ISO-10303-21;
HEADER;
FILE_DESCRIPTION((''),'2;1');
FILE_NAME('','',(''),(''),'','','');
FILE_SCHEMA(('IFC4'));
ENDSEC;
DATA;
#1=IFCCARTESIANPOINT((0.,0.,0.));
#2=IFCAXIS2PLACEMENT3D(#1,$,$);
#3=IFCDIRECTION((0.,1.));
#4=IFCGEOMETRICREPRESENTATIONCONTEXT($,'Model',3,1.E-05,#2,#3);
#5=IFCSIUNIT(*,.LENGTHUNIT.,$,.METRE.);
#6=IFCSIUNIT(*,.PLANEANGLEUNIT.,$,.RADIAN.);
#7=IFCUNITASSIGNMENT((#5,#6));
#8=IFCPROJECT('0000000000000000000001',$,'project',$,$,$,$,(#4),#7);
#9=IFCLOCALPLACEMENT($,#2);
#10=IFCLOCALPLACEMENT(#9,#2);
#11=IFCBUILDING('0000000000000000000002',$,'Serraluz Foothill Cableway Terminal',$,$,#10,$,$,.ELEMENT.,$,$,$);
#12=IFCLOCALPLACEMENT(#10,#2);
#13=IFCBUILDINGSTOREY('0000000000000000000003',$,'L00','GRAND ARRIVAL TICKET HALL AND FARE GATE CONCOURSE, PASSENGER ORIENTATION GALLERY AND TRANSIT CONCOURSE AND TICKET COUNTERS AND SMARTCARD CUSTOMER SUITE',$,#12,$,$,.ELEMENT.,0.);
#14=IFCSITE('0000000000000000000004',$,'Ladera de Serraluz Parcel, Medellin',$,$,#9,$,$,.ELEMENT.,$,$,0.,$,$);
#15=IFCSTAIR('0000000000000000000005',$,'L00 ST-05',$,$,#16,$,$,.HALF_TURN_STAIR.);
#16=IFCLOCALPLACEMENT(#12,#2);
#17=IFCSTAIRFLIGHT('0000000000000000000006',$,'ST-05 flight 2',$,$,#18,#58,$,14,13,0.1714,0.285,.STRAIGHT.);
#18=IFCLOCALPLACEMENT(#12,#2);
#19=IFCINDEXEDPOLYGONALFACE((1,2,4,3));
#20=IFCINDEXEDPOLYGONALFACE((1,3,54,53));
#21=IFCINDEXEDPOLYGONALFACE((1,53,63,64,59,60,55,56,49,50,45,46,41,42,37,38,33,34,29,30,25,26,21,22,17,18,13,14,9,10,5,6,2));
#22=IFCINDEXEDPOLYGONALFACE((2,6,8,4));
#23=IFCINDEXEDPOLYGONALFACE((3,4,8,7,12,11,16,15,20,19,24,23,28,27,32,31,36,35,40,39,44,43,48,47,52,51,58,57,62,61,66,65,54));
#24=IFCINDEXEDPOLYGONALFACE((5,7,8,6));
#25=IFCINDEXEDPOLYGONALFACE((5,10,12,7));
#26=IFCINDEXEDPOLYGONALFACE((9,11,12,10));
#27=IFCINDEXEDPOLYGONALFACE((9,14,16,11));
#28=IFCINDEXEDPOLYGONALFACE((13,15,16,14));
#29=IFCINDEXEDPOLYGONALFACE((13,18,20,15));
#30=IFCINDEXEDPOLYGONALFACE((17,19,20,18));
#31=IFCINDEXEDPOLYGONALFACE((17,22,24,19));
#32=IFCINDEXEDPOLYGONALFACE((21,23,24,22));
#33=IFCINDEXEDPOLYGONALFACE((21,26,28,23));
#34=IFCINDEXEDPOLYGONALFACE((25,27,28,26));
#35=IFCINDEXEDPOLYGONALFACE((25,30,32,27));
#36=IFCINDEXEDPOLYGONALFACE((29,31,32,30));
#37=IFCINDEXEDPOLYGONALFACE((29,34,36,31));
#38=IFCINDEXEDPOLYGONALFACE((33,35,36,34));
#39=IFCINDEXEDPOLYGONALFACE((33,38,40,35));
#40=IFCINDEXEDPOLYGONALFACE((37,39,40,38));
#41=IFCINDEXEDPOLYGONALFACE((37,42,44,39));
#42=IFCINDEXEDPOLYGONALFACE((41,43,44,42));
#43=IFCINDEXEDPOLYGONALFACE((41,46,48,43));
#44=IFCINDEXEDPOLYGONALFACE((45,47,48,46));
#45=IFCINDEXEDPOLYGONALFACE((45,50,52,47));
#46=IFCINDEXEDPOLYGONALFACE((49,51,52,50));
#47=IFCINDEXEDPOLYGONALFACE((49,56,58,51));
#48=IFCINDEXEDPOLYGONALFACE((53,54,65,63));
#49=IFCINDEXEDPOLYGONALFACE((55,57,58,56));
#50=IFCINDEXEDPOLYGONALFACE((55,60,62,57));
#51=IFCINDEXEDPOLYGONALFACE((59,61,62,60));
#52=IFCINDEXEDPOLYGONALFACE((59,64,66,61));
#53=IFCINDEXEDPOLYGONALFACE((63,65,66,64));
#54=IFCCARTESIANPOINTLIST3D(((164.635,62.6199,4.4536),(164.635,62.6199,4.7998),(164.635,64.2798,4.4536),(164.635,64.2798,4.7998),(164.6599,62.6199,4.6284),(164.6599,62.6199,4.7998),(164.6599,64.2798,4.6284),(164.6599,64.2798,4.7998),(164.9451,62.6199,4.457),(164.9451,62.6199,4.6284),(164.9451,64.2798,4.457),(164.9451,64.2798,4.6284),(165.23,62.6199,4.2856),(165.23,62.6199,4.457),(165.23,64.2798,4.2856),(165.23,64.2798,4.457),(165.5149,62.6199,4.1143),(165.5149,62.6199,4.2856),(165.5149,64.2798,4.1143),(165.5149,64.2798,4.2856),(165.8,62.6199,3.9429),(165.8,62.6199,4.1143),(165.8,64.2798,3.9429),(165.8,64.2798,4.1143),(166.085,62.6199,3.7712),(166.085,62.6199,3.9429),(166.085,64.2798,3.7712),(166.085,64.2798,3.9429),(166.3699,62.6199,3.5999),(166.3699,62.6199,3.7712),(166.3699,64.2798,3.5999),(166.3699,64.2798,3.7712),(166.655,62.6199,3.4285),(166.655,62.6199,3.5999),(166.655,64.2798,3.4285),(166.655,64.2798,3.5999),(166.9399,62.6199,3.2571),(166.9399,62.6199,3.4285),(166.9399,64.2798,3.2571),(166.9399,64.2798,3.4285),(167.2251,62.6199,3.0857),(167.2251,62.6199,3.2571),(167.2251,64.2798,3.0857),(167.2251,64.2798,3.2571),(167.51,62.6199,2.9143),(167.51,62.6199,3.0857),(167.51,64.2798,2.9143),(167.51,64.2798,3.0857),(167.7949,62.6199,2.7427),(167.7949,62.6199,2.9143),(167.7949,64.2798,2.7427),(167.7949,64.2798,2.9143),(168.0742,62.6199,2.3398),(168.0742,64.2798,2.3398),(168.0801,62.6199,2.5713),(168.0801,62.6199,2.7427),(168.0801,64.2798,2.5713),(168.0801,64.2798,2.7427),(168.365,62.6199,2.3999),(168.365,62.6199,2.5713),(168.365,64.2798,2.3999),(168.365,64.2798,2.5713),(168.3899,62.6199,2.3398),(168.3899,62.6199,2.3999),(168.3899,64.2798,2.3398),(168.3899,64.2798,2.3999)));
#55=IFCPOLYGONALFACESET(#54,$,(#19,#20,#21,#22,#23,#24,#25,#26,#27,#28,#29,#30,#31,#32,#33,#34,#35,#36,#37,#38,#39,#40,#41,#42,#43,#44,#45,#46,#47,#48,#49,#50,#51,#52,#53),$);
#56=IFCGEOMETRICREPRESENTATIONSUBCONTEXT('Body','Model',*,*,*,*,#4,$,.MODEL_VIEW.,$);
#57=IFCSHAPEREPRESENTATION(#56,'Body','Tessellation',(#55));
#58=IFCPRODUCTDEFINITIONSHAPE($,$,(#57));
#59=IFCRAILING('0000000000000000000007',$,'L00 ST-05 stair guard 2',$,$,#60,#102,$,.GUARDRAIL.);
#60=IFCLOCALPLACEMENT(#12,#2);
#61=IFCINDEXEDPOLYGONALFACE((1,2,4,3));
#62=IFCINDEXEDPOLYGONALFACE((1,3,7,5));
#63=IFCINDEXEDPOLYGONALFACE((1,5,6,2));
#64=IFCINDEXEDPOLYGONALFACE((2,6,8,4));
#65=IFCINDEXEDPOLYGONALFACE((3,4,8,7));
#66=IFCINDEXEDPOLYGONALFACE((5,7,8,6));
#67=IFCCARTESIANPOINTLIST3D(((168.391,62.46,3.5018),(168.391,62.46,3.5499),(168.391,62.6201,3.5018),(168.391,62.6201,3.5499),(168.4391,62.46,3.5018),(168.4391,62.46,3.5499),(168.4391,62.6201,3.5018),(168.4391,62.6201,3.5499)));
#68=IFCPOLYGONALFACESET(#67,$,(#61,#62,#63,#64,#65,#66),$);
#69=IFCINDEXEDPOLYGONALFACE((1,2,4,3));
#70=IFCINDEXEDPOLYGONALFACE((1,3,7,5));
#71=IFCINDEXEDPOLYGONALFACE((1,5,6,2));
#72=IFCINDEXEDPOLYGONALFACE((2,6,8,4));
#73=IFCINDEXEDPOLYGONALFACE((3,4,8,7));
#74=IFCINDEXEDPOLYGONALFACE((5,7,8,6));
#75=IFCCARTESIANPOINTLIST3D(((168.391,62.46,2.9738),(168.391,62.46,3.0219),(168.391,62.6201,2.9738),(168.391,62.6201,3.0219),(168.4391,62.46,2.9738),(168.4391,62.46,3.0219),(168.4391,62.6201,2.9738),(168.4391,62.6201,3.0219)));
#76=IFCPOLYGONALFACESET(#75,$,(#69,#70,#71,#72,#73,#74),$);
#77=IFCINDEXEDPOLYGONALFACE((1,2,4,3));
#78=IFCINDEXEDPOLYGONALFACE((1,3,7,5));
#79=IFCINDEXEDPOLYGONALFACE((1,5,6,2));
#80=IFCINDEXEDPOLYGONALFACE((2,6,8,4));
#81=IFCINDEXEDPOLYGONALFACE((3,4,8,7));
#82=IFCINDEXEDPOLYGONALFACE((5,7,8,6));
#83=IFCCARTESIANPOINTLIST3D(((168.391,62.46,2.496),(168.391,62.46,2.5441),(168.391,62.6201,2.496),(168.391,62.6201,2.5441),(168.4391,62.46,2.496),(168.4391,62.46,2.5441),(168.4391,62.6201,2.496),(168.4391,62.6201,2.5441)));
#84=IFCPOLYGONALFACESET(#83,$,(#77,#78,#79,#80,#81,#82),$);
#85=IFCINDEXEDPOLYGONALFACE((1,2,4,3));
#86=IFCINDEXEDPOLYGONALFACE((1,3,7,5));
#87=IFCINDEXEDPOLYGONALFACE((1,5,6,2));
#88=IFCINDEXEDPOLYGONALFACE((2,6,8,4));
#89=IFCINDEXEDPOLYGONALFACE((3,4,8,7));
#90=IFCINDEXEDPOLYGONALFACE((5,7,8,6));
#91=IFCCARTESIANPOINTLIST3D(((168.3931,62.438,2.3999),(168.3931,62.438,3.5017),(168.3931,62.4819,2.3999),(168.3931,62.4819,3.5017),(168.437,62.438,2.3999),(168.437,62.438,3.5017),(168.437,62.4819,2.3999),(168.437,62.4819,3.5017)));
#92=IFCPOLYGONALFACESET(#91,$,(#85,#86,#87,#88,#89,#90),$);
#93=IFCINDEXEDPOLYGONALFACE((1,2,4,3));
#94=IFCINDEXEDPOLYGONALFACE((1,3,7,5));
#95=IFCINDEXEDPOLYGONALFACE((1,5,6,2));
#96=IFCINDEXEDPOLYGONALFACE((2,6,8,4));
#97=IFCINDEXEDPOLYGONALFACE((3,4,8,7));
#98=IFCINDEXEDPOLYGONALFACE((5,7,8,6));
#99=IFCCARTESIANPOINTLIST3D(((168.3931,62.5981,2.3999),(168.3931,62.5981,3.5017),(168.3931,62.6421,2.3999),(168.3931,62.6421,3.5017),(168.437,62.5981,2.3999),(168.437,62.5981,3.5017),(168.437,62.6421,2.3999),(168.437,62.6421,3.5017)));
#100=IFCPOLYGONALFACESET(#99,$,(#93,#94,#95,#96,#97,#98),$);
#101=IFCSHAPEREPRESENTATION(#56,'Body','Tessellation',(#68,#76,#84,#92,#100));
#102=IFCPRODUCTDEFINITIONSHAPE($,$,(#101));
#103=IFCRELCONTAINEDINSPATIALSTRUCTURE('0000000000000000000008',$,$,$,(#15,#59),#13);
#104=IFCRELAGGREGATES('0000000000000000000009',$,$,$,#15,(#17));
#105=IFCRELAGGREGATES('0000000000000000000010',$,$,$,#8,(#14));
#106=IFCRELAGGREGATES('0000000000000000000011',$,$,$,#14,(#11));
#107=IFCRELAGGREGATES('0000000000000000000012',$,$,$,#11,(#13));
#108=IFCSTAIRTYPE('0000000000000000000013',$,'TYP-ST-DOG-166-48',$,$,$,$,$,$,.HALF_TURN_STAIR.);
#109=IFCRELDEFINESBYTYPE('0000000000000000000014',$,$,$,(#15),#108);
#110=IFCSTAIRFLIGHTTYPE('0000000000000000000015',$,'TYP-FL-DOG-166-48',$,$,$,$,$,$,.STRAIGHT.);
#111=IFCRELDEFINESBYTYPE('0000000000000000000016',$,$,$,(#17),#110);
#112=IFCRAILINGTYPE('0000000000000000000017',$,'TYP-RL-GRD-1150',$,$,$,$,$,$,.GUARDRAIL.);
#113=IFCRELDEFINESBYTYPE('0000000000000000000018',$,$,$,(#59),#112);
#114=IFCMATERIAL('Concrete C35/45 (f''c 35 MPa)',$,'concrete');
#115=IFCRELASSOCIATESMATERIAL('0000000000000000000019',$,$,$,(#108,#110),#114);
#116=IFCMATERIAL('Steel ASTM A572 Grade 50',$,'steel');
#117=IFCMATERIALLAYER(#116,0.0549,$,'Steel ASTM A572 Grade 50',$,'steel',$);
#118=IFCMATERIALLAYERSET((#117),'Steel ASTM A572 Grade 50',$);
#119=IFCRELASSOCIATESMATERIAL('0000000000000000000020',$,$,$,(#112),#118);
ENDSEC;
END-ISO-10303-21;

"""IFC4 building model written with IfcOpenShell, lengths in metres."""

from ifc_helpers import new_model, si_unit, direction, frame, origin, origin_2d, place, context, subcontext, project, spatial, polyline, rectangle, outline, extrude, material, layer, layer_set, type_object, element, aggregate, save


model = new_model("IFC4")

# Units and contexts
model_context = context("Model", 3, precision=1e-05, world=origin(), true_north=direction((0.0, 1.0)))
body_context = subcontext(model_context, "Body", "Model", "MODEL_VIEW")
ifc_project = project(units=[si_unit("LENGTHUNIT", "METRE"), si_unit("PLANEANGLEUNIT", "RADIAN")], contexts=[model_context])

# Site, building, storey
site_placement = place(None, origin())
site = spatial("IfcSite", under=ifc_project, at=site_placement, Name="Ladera de Serraluz Parcel, Medellin", CompositionType="ELEMENT", RefElevation=0.0)
building_placement = place(site_placement, origin())
building = spatial("IfcBuilding", under=site, at=building_placement, Name="Serraluz Foothill Cableway Terminal", CompositionType="ELEMENT")
storey_placement = place(building_placement, origin())
storey = spatial("IfcBuildingStorey", under=building, at=storey_placement, Name="L00", Description="GRAND ARRIVAL TICKET HALL AND FARE GATE CONCOURSE, PASSENGER ORIENTATION GALLERY AND TRANSIT CONCOURSE AND TICKET COUNTERS AND SMARTCARD CUSTOMER SUITE", CompositionType="ELEMENT", Elevation=0.0)

# Shared definitions
ifc_material_1 = material(Name="Concrete C35/45 (f'c 35 MPa)", Category="concrete")

# Stair, stair flight
stair_type = type_object("IfcStairType", Name="TYP-ST-DOG-166-48", PredefinedType="HALF_TURN_STAIR", material=ifc_material_1)
stair_placement = place(storey_placement, origin())
stair = element("IfcStair", 1, at=stair_placement, inside=storey, type_object=stair_type, Name="L00 ST-05", PredefinedType="HALF_TURN_STAIR")
stair_flight_type = type_object("IfcStairFlightType", Name="TYP-FL-DOG-166-48", PredefinedType="STRAIGHT", material=ifc_material_1)
stair_flight_placement = place(storey_placement, frame((168.365, 63.45, 2.3999), z_axis=(0.0, 0.0, 1.0), x_axis=(-1.0, 0.0, 0.0)))
stair_flight = element("IfcStairFlight", 2, at=stair_flight_placement, type_object=stair_flight_type, Name="ST-05 flight 2", NumberOfRisers=14, NumberOfTreads=13, PredefinedType="STRAIGHT", RiserHeight=0.1714, TreadLength=0.285, context=body_context, shape_type="SweptSolid", body=[
    extrude(outline(polyline([(-0.0249, -0.0601), (-0.0249, 0.0), (0.0, 0.0), (0.0, 0.1714), (0.2849, 0.1714), (0.2849, 0.3428), (0.5701, 0.3428), (0.5701, 0.5144), (0.855, 0.5144), (0.855, 0.6858), (1.1399, 0.6858), (1.1399, 0.8572), (1.425, 0.8572), (1.425, 1.0286), (1.71, 1.0286), (1.71, 1.2), (1.9951, 1.2), (1.9951, 1.3713), (2.28, 1.3713), (2.28, 1.543), (2.5649, 1.543), (2.5649, 1.7144), (2.8501, 1.7144), (2.8501, 1.8857), (3.135, 1.8857), (3.135, 2.0571), (3.4199, 2.0571), (3.4199, 2.2285), (3.7051, 2.2285), (3.7051, 2.3999), (3.73, 2.3999), (3.73, 2.0537), (0.2908, -0.0601), (-0.0249, -0.0601)])), frame((0.0, 0.8301, 0.0), z_axis=(0.0, -1.0, 0.0), x_axis=(1.0, 0.0, 0.0)), (0.0, 0.0, 1.0), 1.6599),
])
aggregate(stair, [stair_flight])

# Railing
ifc_material_2 = material(Name="Steel ASTM A572 Grade 50", Category="steel")
ifc_layer_1 = layer(ifc_material_2, 0.0549, Name="Steel ASTM A572 Grade 50", Category="steel")
ifc_layer_set_1 = layer_set([ifc_layer_1], Name="Steel ASTM A572 Grade 50")
railing_type_1 = type_object("IfcRailingType", Name="TYP-RL-GRD-1150", PredefinedType="GUARDRAIL", material=ifc_layer_set_1)
railing_1_placement = place(storey_placement, frame((168.415, 62.46, 2.3999)))
element("IfcRailing", 3, at=railing_1_placement, inside=storey, type_object=railing_type_1, Name="L00 ST-05 stair guard 2", PredefinedType="GUARDRAIL", context=body_context, shape_type="SweptSolid", body=[
    extrude(rectangle(XDim=0.0481, YDim=0.0481, at=origin_2d()), frame((0.0, 0.0, 1.126), z_axis=(0.0, 1.0, 0.0), x_axis=(-1.0, 0.0, 0.0)), (0.0, 0.0, 1.0), 0.1602),
    extrude(rectangle(XDim=0.0481, YDim=0.0481, at=origin_2d()), frame((0.0, 0.0, 0.5979), z_axis=(0.0, 1.0, 0.0), x_axis=(-1.0, 0.0, 0.0)), (0.0, 0.0, 1.0), 0.1602),
    extrude(rectangle(XDim=0.0481, YDim=0.0481, at=origin_2d()), frame((0.0, 0.0, 0.1201), z_axis=(0.0, 1.0, 0.0), x_axis=(-1.0, 0.0, 0.0)), (0.0, 0.0, 1.0), 0.1602),
    extrude(rectangle(XDim=0.0439, YDim=0.0439, at=origin_2d()), origin(), (0.0, 0.0, 1.0), 1.1018),
    extrude(rectangle(XDim=0.0439, YDim=0.0439, at=origin_2d()), frame((0.0, 0.1602, 0.0)), (0.0, 0.0, 1.0), 1.1018),
])

save(model, "model.ifc")
